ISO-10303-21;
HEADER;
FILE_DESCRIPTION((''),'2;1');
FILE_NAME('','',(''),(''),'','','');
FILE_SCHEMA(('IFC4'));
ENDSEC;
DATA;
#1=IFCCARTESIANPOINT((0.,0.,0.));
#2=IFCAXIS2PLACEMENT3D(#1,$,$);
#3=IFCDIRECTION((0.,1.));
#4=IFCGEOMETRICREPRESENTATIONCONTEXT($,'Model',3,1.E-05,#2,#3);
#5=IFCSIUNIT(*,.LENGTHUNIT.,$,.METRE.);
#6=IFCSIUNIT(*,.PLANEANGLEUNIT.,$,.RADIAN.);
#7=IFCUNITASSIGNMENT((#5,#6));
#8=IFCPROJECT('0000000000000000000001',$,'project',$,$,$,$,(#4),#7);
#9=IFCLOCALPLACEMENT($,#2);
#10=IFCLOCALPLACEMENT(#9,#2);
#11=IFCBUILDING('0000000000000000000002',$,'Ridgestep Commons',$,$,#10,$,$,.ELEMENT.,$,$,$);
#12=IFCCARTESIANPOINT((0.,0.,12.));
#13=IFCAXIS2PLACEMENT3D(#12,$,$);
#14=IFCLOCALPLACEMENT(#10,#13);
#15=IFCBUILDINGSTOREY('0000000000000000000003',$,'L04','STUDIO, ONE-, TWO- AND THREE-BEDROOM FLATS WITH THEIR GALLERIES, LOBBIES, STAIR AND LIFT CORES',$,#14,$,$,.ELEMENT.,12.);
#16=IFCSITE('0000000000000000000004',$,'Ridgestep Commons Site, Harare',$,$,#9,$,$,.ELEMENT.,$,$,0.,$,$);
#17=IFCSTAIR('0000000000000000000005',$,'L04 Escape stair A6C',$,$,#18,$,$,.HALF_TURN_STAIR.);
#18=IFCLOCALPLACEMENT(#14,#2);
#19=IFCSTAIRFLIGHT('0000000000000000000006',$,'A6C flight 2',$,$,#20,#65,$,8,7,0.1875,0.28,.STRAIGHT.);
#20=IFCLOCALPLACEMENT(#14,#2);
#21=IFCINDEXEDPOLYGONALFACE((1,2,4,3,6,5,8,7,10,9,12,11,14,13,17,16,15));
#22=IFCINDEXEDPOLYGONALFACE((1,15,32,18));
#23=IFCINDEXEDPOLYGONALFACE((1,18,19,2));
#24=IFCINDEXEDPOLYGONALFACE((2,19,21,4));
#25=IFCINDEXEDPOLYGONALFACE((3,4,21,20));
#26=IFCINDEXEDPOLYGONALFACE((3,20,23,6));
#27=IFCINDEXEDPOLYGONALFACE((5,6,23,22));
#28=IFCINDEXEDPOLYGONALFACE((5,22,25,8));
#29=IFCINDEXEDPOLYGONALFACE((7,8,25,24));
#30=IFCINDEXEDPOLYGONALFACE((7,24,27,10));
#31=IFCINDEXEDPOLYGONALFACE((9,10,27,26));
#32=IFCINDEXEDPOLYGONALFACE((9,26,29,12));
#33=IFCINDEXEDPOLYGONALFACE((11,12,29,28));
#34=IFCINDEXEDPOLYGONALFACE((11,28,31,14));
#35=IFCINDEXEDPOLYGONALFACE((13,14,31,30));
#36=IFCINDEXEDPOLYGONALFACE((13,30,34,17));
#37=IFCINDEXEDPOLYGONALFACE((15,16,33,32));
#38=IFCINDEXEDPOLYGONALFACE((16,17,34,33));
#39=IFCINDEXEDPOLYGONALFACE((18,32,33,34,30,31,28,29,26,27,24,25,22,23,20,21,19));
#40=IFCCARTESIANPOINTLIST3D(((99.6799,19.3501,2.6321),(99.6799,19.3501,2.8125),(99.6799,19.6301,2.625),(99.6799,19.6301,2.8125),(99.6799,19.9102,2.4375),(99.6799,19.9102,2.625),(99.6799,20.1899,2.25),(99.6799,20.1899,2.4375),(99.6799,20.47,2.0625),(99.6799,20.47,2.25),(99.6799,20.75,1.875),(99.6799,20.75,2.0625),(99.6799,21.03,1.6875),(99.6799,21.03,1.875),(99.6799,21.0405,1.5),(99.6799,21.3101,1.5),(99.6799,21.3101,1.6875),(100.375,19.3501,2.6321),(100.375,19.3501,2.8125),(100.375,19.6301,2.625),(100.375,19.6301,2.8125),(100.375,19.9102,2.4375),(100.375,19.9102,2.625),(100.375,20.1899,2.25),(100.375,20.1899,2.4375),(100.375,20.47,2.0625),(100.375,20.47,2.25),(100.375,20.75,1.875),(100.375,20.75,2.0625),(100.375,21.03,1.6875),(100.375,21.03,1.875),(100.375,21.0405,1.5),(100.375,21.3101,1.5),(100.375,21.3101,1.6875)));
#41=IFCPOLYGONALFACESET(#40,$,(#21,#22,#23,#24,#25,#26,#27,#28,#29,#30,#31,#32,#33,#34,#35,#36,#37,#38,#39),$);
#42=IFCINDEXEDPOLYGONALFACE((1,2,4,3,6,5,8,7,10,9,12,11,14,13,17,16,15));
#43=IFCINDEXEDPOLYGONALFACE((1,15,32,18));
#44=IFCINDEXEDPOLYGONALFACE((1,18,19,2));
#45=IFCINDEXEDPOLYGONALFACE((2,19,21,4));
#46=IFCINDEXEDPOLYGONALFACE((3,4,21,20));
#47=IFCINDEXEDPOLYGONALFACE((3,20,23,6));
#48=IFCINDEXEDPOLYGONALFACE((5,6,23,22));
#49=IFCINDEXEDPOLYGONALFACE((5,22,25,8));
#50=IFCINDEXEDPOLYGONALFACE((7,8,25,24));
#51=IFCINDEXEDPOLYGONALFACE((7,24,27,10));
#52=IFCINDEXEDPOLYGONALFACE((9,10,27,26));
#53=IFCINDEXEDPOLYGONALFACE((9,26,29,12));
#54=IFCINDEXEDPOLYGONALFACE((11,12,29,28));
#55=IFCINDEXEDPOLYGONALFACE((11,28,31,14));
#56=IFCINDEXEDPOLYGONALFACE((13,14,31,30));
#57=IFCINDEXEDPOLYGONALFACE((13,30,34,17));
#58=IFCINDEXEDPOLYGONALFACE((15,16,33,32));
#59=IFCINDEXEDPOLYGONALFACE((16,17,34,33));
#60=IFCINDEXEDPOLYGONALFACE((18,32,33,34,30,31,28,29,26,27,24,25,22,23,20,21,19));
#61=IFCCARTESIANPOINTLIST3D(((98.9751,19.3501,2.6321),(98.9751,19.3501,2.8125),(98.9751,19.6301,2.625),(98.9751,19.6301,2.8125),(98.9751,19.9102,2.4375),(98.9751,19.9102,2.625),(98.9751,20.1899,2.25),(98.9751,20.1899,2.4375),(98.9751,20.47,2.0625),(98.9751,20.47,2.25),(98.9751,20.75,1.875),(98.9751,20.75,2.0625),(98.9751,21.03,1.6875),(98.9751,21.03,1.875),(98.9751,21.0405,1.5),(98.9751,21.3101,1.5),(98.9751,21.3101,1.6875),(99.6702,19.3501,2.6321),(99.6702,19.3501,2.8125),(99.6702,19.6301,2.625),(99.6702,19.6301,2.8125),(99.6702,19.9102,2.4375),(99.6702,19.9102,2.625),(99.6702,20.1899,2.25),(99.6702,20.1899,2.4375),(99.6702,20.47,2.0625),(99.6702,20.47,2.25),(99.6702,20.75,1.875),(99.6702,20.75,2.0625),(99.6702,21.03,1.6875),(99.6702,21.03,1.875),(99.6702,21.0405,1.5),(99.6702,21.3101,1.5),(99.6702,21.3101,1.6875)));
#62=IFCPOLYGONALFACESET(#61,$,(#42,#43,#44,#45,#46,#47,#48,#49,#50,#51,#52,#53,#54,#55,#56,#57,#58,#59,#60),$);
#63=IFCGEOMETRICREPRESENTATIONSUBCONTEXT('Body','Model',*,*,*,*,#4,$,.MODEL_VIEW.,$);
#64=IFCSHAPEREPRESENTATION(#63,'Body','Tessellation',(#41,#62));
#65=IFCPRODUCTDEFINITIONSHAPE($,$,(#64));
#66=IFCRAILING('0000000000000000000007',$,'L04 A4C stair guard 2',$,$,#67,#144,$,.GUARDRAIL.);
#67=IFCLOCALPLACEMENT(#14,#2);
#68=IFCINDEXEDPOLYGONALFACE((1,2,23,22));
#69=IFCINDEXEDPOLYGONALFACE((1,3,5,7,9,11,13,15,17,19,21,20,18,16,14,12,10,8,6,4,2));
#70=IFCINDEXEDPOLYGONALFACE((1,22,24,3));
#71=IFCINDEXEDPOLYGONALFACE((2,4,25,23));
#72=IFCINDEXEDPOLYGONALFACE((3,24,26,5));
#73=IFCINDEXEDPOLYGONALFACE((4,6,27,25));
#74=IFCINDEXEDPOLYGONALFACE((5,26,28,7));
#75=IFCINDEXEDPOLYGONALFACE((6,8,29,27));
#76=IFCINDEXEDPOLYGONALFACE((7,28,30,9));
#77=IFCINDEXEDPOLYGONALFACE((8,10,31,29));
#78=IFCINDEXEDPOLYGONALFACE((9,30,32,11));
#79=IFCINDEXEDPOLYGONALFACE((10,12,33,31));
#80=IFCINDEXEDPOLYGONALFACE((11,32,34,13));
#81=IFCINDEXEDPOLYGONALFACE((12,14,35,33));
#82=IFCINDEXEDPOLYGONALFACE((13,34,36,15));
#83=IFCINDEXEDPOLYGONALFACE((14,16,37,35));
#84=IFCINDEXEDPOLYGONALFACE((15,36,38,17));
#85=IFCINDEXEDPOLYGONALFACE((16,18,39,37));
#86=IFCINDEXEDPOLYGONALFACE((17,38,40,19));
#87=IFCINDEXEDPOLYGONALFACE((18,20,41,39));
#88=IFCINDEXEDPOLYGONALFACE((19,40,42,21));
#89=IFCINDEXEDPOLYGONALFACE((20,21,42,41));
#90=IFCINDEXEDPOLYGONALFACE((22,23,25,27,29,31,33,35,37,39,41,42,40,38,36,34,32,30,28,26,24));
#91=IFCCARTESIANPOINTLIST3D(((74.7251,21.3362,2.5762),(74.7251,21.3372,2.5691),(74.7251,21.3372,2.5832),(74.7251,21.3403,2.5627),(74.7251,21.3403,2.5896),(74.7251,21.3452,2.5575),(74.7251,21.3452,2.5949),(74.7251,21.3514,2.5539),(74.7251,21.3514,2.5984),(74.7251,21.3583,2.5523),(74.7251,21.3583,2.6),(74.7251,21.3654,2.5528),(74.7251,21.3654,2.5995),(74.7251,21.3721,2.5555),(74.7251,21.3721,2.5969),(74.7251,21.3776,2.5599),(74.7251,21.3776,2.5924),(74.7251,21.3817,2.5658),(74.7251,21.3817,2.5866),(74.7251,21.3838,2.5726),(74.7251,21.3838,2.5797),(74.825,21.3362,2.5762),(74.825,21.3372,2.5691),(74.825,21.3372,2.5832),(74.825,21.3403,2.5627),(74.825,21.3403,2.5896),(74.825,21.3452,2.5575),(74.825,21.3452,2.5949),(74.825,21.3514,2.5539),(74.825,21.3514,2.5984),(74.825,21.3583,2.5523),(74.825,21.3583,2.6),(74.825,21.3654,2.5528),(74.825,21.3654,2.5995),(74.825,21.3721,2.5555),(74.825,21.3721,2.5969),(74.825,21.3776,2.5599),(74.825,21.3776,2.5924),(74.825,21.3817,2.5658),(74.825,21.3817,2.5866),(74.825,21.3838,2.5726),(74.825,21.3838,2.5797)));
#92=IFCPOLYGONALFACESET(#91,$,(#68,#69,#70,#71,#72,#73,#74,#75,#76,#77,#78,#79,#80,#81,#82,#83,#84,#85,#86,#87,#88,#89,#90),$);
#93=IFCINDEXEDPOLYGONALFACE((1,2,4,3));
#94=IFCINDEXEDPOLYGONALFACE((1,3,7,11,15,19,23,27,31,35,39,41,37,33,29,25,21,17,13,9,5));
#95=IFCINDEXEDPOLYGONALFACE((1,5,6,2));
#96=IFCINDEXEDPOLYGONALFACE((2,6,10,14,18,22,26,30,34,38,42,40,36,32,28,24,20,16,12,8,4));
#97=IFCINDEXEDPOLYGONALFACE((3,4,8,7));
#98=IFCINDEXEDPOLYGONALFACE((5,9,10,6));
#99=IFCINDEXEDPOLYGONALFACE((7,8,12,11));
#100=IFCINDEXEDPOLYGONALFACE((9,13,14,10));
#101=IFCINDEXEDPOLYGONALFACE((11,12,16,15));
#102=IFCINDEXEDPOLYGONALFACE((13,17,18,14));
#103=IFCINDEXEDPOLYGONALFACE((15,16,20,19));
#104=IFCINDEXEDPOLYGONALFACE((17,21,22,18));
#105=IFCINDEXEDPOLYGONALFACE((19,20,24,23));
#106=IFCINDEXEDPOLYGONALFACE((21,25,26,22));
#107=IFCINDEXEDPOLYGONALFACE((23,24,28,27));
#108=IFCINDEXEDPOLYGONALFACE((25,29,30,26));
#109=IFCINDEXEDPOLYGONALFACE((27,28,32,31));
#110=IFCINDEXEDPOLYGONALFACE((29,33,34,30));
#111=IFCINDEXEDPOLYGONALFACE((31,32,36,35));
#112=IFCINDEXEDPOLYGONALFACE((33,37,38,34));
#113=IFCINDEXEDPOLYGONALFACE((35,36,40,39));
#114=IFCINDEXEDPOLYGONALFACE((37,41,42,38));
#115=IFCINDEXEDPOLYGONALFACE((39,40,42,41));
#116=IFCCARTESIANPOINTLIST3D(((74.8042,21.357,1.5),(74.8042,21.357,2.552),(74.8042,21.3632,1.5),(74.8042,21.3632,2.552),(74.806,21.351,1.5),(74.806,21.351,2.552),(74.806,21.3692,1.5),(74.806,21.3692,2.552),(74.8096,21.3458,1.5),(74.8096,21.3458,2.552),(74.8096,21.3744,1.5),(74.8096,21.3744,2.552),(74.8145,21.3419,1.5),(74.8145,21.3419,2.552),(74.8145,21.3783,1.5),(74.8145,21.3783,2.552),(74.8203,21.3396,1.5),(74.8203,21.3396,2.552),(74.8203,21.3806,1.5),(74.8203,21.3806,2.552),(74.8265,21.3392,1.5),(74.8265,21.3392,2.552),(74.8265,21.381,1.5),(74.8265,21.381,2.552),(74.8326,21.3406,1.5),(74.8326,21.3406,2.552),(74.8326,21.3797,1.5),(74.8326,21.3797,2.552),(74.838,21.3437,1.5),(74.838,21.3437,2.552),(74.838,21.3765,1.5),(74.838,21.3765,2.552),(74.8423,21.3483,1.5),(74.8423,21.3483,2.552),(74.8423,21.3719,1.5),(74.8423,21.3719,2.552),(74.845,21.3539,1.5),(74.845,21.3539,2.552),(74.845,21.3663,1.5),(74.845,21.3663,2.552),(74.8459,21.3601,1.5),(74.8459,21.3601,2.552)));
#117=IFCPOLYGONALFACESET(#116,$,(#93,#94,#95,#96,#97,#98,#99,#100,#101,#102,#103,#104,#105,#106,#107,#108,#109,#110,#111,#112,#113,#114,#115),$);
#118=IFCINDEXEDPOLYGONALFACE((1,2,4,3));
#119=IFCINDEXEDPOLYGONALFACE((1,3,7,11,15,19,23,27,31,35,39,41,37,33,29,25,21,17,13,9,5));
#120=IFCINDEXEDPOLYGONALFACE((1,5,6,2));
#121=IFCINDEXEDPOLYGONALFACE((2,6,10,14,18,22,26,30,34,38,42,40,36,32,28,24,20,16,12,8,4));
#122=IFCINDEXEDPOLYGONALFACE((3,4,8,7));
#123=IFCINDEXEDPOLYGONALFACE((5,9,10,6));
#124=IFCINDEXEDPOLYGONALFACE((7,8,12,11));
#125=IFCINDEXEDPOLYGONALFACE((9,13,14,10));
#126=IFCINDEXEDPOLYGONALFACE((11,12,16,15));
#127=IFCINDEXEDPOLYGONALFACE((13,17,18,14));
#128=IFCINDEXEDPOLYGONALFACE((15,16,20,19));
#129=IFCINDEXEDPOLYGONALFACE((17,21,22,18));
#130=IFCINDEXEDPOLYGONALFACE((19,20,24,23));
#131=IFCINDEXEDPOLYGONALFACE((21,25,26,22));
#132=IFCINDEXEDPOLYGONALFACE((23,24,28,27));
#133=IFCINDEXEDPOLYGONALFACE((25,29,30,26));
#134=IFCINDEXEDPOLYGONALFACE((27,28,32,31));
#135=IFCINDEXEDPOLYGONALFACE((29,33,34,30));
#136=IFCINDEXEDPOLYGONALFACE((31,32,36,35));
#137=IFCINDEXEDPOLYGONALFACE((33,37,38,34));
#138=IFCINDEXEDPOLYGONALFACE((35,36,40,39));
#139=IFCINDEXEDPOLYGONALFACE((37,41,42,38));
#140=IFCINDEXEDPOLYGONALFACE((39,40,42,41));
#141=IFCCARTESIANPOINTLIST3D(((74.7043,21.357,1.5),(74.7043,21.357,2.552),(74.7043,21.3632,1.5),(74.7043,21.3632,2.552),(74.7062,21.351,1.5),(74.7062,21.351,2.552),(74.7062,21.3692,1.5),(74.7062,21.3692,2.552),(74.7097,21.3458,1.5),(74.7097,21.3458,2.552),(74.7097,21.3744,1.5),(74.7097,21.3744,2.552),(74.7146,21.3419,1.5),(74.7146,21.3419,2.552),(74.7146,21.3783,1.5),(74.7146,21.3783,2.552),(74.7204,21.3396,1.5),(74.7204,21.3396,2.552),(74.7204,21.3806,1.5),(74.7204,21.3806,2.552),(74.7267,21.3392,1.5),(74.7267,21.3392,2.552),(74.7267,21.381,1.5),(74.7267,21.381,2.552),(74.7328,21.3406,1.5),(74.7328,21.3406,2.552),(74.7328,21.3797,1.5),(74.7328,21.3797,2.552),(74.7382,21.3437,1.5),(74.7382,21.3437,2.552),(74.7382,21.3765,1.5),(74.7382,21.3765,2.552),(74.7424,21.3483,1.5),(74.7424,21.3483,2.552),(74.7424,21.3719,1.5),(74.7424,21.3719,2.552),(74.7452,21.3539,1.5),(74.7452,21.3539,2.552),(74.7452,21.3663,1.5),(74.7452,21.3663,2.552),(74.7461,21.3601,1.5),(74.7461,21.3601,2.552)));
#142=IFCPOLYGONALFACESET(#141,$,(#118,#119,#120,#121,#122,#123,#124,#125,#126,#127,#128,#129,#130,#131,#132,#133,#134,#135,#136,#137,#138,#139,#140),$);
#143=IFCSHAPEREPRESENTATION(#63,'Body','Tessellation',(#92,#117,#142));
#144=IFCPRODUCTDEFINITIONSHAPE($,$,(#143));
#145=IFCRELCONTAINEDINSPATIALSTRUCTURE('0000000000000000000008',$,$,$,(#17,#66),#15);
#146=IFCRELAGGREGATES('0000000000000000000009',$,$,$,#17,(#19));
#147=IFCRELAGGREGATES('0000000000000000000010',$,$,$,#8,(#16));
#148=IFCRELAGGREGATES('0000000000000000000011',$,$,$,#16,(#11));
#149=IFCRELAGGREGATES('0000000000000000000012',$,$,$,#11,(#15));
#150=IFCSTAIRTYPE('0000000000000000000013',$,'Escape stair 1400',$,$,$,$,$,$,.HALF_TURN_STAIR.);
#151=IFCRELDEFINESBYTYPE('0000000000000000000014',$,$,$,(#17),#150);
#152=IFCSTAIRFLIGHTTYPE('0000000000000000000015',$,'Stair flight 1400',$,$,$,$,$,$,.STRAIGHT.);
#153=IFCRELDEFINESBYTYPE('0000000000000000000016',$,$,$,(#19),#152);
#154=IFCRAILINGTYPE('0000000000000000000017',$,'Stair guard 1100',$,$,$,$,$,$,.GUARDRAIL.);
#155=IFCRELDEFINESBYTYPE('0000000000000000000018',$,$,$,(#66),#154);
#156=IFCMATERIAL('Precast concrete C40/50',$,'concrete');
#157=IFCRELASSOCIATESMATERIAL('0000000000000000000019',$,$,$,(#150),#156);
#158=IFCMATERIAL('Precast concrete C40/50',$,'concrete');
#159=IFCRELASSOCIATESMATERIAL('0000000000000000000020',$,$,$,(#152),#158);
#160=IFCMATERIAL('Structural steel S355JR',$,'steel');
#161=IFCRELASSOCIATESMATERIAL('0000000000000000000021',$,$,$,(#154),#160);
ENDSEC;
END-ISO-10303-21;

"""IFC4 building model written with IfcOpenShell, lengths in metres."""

from ifc_helpers import new_model, si_unit, direction, frame, origin, origin_2d, place, context, subcontext, project, spatial, polyline, circle, outline, extrude, material, type_object, element, aggregate, save


model = new_model("IFC4")

# Units and contexts
model_context = context("Model", 3, precision=1e-05, world=origin(), true_north=direction((0.0, 1.0)))
body_context = subcontext(model_context, "Body", "Model", "MODEL_VIEW")
ifc_project = project(units=[si_unit("LENGTHUNIT", "METRE"), si_unit("PLANEANGLEUNIT", "RADIAN")], contexts=[model_context])

# Site, building, storey
site_placement = place(None, origin())
site = spatial("IfcSite", under=ifc_project, at=site_placement, Name="Ridgestep Commons Site, Harare", CompositionType="ELEMENT", RefElevation=0.0)
building_placement = place(site_placement, origin())
building = spatial("IfcBuilding", under=site, at=building_placement, Name="Ridgestep Commons", CompositionType="ELEMENT")
storey_placement = place(building_placement, frame((0.0, 0.0, 12.0)))
storey = spatial("IfcBuildingStorey", under=building, at=storey_placement, Name="L04", Description="STUDIO, ONE-, TWO- AND THREE-BEDROOM FLATS WITH THEIR GALLERIES, LOBBIES, STAIR AND LIFT CORES", CompositionType="ELEMENT", Elevation=12.0)

# Stair, stair flight
ifc_material_1 = material(Name="Precast concrete C40/50", Category="concrete")
stair_type = type_object("IfcStairType", Name="Escape stair 1400", PredefinedType="HALF_TURN_STAIR", material=ifc_material_1)
ifc_material_2 = material(Name="Precast concrete C40/50", Category="concrete")
stair_flight_type = type_object("IfcStairFlightType", Name="Stair flight 1400", PredefinedType="STRAIGHT", material=ifc_material_2)
stair_1_placement = place(storey_placement, origin())
stair_1 = element("IfcStair", 1, at=stair_1_placement, inside=storey, type_object=stair_type, Name="L04 Escape stair A6C", PredefinedType="HALF_TURN_STAIR")
stair_flight_1_placement = place(storey_placement, frame((99.675, 21.3101, 1.5), z_axis=(0.0, 0.0, 1.0), x_axis=(0.0, -1.0, 0.0)))
stair_flight_1 = element("IfcStairFlight", 2, at=stair_flight_1_placement, type_object=stair_flight_type, Name="A6C flight 2", NumberOfRisers=8, NumberOfTreads=7, PredefinedType="STRAIGHT", RiserHeight=0.1875, TreadLength=0.28, context=body_context, shape_type="SweptSolid", body=[
    extrude(outline(polyline([(0.0, 0.0), (0.0, 0.1875), (0.28, 0.1875), (0.28, 0.375), (0.5601, 0.375), (0.5601, 0.5625), (0.8401, 0.5625), (0.8401, 0.75), (1.1201, 0.75), (1.1201, 0.9375), (1.3999, 0.9375), (1.3999, 1.125), (1.6799, 1.125), (1.6799, 1.3125), (1.96, 1.3125), (1.96, 1.5), (1.96, 1.1321), (0.2695, 0.0), (0.0, 0.0)])), frame((0.0, 0.7, 0.0), z_axis=(0.0, -1.0, 0.0), x_axis=(1.0, 0.0, 0.0)), (0.0, 0.0, 1.0), 0.6951),
    extrude(outline(polyline([(0.0, 0.0), (0.0, 0.1875), (0.28, 0.1875), (0.28, 0.375), (0.5601, 0.375), (0.5601, 0.5625), (0.8401, 0.5625), (0.8401, 0.75), (1.1201, 0.75), (1.1201, 0.9375), (1.3999, 0.9375), (1.3999, 1.125), (1.6799, 1.125), (1.6799, 1.3125), (1.96, 1.3125), (1.96, 1.5), (1.96, 1.1321), (0.2695, 0.0), (0.0, 0.0)])), frame((0.0, -0.0049, 0.0), z_axis=(0.0, -1.0, 0.0), x_axis=(1.0, 0.0, 0.0)), (0.0, 0.0, 1.0), 0.6951),
])
aggregate(stair_1, [stair_flight_1])

# Railing
ifc_material_3 = material(Name="Structural steel S355JR", Category="steel")
railing_type_1 = type_object("IfcRailingType", Name="Stair guard 1100", PredefinedType="GUARDRAIL", material=ifc_material_3)
railing_1_placement = place(storey_placement, frame((74.825, 21.3601, 1.5)))
element("IfcRailing", 3, at=railing_1_placement, inside=storey, type_object=railing_type_1, Name="L04 A4C stair guard 2", PredefinedType="GUARDRAIL", context=body_context, shape_type="SweptSolid", body=[
    extrude(circle(Radius=0.0239, at=origin_2d()), frame((0.0, 0.0, 1.0762), z_axis=(-1.0, 0.0, 0.0), x_axis=(0.0, -1.0, 0.0)), (0.0, 0.0, 1.0), 0.0999),
    extrude(circle(Radius=0.021, at=origin_2d()), origin(), (0.0, 0.0, 1.0), 1.052),
    extrude(circle(Radius=0.021, at=origin_2d()), frame((-0.0999, 0.0, 0.0)), (0.0, 0.0, 1.0), 1.052),
])

save(model, "model.ifc")
